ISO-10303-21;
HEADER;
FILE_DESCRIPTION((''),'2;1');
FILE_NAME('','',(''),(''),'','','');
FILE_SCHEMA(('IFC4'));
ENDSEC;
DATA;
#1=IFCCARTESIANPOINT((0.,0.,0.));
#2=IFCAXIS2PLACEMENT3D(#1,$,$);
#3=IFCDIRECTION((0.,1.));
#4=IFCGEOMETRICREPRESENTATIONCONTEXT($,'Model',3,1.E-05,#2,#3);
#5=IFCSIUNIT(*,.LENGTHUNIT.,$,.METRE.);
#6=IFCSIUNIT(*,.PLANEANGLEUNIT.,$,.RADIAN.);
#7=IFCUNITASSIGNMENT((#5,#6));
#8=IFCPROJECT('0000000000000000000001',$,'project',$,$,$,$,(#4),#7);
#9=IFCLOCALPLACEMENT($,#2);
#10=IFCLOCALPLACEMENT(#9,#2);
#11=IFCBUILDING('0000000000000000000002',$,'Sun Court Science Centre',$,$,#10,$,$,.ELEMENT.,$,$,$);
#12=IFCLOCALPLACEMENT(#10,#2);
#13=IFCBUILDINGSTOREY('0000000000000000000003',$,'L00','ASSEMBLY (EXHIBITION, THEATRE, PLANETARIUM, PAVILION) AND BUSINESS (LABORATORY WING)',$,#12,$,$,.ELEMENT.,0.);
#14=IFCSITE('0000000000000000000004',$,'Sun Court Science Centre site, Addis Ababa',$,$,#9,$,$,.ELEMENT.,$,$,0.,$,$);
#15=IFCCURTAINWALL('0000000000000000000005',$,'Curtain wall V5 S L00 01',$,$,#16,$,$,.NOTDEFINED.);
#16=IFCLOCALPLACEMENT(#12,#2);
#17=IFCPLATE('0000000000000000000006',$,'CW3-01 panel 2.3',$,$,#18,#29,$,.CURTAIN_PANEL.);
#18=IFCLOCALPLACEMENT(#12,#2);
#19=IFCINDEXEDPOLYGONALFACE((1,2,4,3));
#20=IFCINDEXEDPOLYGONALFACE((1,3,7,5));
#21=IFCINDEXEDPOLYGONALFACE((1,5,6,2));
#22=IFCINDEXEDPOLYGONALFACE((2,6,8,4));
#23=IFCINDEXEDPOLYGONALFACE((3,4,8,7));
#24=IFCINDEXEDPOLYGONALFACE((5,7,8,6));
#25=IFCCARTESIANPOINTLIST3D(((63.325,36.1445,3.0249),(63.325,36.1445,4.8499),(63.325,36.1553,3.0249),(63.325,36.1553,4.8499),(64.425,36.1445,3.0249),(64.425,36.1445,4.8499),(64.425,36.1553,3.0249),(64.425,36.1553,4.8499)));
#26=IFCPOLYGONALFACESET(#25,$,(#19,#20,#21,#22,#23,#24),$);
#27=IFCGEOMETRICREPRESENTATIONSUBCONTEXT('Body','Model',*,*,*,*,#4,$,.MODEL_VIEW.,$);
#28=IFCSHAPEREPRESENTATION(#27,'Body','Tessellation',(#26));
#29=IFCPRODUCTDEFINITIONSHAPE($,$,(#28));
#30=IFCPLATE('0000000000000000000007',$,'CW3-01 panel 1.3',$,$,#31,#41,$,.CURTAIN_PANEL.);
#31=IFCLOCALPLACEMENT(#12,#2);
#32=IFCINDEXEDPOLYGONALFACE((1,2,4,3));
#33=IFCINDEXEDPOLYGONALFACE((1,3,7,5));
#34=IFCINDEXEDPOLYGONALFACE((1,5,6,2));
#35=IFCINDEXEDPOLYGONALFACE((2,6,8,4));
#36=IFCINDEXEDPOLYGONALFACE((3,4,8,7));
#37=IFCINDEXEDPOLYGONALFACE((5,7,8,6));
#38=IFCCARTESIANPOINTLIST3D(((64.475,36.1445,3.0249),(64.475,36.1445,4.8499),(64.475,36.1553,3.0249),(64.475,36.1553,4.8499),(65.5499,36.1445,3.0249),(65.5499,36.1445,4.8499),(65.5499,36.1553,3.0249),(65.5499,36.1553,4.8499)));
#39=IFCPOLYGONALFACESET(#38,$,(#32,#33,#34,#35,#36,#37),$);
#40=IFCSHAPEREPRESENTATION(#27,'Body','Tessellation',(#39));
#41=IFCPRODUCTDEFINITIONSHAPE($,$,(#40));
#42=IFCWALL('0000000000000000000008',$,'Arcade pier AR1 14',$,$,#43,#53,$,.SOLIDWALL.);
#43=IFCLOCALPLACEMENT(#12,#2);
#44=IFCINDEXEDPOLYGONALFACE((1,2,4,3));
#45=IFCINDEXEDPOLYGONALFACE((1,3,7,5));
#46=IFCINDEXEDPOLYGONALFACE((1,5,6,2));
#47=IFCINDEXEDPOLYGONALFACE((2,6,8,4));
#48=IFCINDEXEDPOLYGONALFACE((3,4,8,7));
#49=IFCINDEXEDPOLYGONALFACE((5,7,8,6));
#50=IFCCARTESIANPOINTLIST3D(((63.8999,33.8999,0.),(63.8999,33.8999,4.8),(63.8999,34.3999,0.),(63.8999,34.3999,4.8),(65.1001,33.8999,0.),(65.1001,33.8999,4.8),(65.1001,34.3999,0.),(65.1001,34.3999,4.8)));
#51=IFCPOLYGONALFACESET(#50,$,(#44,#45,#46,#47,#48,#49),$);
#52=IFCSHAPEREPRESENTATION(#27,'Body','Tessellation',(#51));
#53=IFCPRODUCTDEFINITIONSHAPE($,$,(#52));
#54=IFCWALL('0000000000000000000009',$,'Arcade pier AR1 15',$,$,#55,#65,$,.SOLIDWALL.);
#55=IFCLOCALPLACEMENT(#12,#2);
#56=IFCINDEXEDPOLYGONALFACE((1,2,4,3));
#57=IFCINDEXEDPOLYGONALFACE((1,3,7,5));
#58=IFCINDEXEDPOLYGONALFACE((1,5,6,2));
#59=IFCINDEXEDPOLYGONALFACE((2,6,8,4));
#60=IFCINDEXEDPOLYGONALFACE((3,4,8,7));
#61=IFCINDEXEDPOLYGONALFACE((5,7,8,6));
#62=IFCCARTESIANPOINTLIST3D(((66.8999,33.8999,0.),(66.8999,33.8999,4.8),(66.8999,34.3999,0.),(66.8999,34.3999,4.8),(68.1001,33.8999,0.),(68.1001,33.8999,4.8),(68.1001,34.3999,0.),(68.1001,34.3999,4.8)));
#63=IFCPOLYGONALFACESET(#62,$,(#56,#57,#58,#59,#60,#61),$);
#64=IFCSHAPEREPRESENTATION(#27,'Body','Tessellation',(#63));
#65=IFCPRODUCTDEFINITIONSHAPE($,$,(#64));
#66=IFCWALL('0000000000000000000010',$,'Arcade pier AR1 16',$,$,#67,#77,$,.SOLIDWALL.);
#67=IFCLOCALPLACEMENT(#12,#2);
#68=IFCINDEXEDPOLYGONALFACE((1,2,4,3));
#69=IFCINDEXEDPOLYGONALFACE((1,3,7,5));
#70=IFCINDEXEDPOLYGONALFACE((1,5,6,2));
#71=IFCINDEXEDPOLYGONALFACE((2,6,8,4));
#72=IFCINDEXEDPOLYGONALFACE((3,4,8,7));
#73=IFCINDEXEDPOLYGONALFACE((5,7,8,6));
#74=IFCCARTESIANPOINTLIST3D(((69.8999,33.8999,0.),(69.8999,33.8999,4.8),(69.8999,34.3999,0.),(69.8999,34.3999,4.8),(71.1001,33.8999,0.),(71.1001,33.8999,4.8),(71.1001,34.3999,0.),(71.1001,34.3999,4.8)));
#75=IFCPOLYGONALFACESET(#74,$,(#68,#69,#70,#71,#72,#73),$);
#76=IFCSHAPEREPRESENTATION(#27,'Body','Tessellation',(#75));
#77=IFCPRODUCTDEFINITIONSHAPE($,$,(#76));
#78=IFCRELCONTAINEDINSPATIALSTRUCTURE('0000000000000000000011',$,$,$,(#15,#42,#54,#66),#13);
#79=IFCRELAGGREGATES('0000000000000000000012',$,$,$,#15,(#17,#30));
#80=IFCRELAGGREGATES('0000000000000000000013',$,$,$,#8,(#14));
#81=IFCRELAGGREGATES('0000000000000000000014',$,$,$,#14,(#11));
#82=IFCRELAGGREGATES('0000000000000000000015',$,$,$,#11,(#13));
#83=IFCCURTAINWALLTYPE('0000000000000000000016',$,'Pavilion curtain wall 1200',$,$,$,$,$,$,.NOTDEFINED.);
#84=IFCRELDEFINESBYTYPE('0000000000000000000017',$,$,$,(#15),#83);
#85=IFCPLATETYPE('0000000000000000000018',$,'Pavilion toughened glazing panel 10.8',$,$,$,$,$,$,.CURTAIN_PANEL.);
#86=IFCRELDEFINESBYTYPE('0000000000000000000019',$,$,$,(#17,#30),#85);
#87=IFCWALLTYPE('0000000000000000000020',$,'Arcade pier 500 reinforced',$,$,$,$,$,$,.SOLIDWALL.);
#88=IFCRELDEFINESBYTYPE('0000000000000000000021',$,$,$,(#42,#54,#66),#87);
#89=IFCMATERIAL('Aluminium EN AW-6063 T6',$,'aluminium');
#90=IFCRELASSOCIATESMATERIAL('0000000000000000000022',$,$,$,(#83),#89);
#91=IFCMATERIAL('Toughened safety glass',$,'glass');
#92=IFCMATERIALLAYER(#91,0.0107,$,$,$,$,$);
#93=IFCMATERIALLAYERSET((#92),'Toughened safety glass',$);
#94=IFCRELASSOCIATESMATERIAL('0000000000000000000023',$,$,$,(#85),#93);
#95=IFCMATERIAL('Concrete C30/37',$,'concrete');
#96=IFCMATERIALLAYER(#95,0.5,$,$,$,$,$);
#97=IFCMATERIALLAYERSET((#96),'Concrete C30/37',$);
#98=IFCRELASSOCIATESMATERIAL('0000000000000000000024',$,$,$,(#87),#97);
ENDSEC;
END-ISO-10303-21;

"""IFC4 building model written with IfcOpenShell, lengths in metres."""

from ifc_helpers import new_model, si_unit, direction, frame, frame_2d, origin, origin_2d, place, context, subcontext, project, spatial, rectangle, extrude, material, layer, layer_set, type_object, element, aggregate, save


model = new_model("IFC4")

# Units and contexts
model_context = context("Model", 3, precision=1e-05, world=origin(), true_north=direction((0.0, 1.0)))
body_context = subcontext(model_context, "Body", "Model", "MODEL_VIEW")
ifc_project = project(units=[si_unit("LENGTHUNIT", "METRE"), si_unit("PLANEANGLEUNIT", "RADIAN")], contexts=[model_context])

# Site, building, storey
site_placement = place(None, origin())
site = spatial("IfcSite", under=ifc_project, at=site_placement, Name="Sun Court Science Centre site, Addis Ababa", CompositionType="ELEMENT", RefElevation=0.0)
building_placement = place(site_placement, origin())
building = spatial("IfcBuilding", under=site, at=building_placement, Name="Sun Court Science Centre", CompositionType="ELEMENT")
storey_placement = place(building_placement, origin())
storey = spatial("IfcBuildingStorey", under=building, at=storey_placement, Name="L00", Description="ASSEMBLY (EXHIBITION, THEATRE, PLANETARIUM, PAVILION) AND BUSINESS (LABORATORY WING)", CompositionType="ELEMENT", Elevation=0.0)

# Curtain wall, plates
ifc_material_1 = material(Name="Aluminium EN AW-6063 T6", Category="aluminium")
curtain_wall_type = type_object("IfcCurtainWallType", Name="Pavilion curtain wall 1200", PredefinedType="NOTDEFINED", material=ifc_material_1)
curtain_wall_placement = place(storey_placement, origin())
curtain_wall = element("IfcCurtainWall", 1, at=curtain_wall_placement, inside=storey, type_object=curtain_wall_type, Name="Curtain wall V5 S L00 01", PredefinedType="NOTDEFINED")
ifc_material_2 = material(Name="Toughened safety glass", Category="glass")
ifc_layer_1 = layer(ifc_material_2, 0.0107)
ifc_layer_set_1 = layer_set([ifc_layer_1], Name="Toughened safety glass")
plate_type = type_object("IfcPlateType", Name="Pavilion toughened glazing panel 10.8", PredefinedType="CURTAIN_PANEL", material=ifc_layer_set_1)
plate_1_placement = place(storey_placement, frame((63.875, 36.1499, 3.0249), z_axis=(0.0, 0.0, 1.0), x_axis=(-1.0, 0.0, 0.0)))
plate_1 = element("IfcPlate", 2, at=plate_1_placement, type_object=plate_type, Name="CW3-01 panel 2.3", PredefinedType="CURTAIN_PANEL", context=body_context, shape_type="SweptSolid", body=[
    extrude(rectangle(XDim=1.1001, YDim=0.0107, at=origin_2d()), origin(), (0.0, 0.0, 1.0), 1.825),
])
plate_2_placement = place(storey_placement, frame((65.0125, 36.1499, 3.0249), z_axis=(0.0, 0.0, 1.0), x_axis=(-1.0, 0.0, 0.0)))
plate_2 = element("IfcPlate", 3, at=plate_2_placement, type_object=plate_type, Name="CW3-01 panel 1.3", PredefinedType="CURTAIN_PANEL", context=body_context, shape_type="SweptSolid", body=[
    extrude(rectangle(XDim=1.075, YDim=0.0107, at=origin_2d()), origin(), (0.0, 0.0, 1.0), 1.825),
])
aggregate(curtain_wall, [plate_1, plate_2])

# Walls
ifc_material_3 = material(Name="Concrete C30/37", Category="concrete")
ifc_layer_2 = layer(ifc_material_3, 0.5)
ifc_layer_set_2 = layer_set([ifc_layer_2], Name="Concrete C30/37")
wall_type = type_object("IfcWallType", Name="Arcade pier 500 reinforced", PredefinedType="SOLIDWALL", material=ifc_layer_set_2)
for number, where, z_axis, x_axis, name in (
    (4, (63.8999, 34.1499, 0.0), (0.0, 0.0, 1.0), (1.0, 0.0, 0.0), "Arcade pier AR1 14"),
    (5, (66.8999, 34.1499, 0.0), (0.0, 0.0, 1.0), (1.0, 0.0, 0.0), "Arcade pier AR1 15"),
    (6, (69.8999, 34.1499, 0.0), (0.0, 0.0, 1.0), (1.0, 0.0, 0.0), "Arcade pier AR1 16"),
):
    element("IfcWall", number, at=place(storey_placement, frame(where, z_axis=z_axis, x_axis=x_axis)), inside=storey, type_object=wall_type, Name=name, PredefinedType="SOLIDWALL", context=body_context, shape_type="SweptSolid", body=[
        extrude(rectangle(XDim=1.2002, YDim=0.5, at=frame_2d((0.6001, 0.0))), origin(), (0.0, 0.0, 1.0), 4.8),
    ])

save(model, "model.ifc")
